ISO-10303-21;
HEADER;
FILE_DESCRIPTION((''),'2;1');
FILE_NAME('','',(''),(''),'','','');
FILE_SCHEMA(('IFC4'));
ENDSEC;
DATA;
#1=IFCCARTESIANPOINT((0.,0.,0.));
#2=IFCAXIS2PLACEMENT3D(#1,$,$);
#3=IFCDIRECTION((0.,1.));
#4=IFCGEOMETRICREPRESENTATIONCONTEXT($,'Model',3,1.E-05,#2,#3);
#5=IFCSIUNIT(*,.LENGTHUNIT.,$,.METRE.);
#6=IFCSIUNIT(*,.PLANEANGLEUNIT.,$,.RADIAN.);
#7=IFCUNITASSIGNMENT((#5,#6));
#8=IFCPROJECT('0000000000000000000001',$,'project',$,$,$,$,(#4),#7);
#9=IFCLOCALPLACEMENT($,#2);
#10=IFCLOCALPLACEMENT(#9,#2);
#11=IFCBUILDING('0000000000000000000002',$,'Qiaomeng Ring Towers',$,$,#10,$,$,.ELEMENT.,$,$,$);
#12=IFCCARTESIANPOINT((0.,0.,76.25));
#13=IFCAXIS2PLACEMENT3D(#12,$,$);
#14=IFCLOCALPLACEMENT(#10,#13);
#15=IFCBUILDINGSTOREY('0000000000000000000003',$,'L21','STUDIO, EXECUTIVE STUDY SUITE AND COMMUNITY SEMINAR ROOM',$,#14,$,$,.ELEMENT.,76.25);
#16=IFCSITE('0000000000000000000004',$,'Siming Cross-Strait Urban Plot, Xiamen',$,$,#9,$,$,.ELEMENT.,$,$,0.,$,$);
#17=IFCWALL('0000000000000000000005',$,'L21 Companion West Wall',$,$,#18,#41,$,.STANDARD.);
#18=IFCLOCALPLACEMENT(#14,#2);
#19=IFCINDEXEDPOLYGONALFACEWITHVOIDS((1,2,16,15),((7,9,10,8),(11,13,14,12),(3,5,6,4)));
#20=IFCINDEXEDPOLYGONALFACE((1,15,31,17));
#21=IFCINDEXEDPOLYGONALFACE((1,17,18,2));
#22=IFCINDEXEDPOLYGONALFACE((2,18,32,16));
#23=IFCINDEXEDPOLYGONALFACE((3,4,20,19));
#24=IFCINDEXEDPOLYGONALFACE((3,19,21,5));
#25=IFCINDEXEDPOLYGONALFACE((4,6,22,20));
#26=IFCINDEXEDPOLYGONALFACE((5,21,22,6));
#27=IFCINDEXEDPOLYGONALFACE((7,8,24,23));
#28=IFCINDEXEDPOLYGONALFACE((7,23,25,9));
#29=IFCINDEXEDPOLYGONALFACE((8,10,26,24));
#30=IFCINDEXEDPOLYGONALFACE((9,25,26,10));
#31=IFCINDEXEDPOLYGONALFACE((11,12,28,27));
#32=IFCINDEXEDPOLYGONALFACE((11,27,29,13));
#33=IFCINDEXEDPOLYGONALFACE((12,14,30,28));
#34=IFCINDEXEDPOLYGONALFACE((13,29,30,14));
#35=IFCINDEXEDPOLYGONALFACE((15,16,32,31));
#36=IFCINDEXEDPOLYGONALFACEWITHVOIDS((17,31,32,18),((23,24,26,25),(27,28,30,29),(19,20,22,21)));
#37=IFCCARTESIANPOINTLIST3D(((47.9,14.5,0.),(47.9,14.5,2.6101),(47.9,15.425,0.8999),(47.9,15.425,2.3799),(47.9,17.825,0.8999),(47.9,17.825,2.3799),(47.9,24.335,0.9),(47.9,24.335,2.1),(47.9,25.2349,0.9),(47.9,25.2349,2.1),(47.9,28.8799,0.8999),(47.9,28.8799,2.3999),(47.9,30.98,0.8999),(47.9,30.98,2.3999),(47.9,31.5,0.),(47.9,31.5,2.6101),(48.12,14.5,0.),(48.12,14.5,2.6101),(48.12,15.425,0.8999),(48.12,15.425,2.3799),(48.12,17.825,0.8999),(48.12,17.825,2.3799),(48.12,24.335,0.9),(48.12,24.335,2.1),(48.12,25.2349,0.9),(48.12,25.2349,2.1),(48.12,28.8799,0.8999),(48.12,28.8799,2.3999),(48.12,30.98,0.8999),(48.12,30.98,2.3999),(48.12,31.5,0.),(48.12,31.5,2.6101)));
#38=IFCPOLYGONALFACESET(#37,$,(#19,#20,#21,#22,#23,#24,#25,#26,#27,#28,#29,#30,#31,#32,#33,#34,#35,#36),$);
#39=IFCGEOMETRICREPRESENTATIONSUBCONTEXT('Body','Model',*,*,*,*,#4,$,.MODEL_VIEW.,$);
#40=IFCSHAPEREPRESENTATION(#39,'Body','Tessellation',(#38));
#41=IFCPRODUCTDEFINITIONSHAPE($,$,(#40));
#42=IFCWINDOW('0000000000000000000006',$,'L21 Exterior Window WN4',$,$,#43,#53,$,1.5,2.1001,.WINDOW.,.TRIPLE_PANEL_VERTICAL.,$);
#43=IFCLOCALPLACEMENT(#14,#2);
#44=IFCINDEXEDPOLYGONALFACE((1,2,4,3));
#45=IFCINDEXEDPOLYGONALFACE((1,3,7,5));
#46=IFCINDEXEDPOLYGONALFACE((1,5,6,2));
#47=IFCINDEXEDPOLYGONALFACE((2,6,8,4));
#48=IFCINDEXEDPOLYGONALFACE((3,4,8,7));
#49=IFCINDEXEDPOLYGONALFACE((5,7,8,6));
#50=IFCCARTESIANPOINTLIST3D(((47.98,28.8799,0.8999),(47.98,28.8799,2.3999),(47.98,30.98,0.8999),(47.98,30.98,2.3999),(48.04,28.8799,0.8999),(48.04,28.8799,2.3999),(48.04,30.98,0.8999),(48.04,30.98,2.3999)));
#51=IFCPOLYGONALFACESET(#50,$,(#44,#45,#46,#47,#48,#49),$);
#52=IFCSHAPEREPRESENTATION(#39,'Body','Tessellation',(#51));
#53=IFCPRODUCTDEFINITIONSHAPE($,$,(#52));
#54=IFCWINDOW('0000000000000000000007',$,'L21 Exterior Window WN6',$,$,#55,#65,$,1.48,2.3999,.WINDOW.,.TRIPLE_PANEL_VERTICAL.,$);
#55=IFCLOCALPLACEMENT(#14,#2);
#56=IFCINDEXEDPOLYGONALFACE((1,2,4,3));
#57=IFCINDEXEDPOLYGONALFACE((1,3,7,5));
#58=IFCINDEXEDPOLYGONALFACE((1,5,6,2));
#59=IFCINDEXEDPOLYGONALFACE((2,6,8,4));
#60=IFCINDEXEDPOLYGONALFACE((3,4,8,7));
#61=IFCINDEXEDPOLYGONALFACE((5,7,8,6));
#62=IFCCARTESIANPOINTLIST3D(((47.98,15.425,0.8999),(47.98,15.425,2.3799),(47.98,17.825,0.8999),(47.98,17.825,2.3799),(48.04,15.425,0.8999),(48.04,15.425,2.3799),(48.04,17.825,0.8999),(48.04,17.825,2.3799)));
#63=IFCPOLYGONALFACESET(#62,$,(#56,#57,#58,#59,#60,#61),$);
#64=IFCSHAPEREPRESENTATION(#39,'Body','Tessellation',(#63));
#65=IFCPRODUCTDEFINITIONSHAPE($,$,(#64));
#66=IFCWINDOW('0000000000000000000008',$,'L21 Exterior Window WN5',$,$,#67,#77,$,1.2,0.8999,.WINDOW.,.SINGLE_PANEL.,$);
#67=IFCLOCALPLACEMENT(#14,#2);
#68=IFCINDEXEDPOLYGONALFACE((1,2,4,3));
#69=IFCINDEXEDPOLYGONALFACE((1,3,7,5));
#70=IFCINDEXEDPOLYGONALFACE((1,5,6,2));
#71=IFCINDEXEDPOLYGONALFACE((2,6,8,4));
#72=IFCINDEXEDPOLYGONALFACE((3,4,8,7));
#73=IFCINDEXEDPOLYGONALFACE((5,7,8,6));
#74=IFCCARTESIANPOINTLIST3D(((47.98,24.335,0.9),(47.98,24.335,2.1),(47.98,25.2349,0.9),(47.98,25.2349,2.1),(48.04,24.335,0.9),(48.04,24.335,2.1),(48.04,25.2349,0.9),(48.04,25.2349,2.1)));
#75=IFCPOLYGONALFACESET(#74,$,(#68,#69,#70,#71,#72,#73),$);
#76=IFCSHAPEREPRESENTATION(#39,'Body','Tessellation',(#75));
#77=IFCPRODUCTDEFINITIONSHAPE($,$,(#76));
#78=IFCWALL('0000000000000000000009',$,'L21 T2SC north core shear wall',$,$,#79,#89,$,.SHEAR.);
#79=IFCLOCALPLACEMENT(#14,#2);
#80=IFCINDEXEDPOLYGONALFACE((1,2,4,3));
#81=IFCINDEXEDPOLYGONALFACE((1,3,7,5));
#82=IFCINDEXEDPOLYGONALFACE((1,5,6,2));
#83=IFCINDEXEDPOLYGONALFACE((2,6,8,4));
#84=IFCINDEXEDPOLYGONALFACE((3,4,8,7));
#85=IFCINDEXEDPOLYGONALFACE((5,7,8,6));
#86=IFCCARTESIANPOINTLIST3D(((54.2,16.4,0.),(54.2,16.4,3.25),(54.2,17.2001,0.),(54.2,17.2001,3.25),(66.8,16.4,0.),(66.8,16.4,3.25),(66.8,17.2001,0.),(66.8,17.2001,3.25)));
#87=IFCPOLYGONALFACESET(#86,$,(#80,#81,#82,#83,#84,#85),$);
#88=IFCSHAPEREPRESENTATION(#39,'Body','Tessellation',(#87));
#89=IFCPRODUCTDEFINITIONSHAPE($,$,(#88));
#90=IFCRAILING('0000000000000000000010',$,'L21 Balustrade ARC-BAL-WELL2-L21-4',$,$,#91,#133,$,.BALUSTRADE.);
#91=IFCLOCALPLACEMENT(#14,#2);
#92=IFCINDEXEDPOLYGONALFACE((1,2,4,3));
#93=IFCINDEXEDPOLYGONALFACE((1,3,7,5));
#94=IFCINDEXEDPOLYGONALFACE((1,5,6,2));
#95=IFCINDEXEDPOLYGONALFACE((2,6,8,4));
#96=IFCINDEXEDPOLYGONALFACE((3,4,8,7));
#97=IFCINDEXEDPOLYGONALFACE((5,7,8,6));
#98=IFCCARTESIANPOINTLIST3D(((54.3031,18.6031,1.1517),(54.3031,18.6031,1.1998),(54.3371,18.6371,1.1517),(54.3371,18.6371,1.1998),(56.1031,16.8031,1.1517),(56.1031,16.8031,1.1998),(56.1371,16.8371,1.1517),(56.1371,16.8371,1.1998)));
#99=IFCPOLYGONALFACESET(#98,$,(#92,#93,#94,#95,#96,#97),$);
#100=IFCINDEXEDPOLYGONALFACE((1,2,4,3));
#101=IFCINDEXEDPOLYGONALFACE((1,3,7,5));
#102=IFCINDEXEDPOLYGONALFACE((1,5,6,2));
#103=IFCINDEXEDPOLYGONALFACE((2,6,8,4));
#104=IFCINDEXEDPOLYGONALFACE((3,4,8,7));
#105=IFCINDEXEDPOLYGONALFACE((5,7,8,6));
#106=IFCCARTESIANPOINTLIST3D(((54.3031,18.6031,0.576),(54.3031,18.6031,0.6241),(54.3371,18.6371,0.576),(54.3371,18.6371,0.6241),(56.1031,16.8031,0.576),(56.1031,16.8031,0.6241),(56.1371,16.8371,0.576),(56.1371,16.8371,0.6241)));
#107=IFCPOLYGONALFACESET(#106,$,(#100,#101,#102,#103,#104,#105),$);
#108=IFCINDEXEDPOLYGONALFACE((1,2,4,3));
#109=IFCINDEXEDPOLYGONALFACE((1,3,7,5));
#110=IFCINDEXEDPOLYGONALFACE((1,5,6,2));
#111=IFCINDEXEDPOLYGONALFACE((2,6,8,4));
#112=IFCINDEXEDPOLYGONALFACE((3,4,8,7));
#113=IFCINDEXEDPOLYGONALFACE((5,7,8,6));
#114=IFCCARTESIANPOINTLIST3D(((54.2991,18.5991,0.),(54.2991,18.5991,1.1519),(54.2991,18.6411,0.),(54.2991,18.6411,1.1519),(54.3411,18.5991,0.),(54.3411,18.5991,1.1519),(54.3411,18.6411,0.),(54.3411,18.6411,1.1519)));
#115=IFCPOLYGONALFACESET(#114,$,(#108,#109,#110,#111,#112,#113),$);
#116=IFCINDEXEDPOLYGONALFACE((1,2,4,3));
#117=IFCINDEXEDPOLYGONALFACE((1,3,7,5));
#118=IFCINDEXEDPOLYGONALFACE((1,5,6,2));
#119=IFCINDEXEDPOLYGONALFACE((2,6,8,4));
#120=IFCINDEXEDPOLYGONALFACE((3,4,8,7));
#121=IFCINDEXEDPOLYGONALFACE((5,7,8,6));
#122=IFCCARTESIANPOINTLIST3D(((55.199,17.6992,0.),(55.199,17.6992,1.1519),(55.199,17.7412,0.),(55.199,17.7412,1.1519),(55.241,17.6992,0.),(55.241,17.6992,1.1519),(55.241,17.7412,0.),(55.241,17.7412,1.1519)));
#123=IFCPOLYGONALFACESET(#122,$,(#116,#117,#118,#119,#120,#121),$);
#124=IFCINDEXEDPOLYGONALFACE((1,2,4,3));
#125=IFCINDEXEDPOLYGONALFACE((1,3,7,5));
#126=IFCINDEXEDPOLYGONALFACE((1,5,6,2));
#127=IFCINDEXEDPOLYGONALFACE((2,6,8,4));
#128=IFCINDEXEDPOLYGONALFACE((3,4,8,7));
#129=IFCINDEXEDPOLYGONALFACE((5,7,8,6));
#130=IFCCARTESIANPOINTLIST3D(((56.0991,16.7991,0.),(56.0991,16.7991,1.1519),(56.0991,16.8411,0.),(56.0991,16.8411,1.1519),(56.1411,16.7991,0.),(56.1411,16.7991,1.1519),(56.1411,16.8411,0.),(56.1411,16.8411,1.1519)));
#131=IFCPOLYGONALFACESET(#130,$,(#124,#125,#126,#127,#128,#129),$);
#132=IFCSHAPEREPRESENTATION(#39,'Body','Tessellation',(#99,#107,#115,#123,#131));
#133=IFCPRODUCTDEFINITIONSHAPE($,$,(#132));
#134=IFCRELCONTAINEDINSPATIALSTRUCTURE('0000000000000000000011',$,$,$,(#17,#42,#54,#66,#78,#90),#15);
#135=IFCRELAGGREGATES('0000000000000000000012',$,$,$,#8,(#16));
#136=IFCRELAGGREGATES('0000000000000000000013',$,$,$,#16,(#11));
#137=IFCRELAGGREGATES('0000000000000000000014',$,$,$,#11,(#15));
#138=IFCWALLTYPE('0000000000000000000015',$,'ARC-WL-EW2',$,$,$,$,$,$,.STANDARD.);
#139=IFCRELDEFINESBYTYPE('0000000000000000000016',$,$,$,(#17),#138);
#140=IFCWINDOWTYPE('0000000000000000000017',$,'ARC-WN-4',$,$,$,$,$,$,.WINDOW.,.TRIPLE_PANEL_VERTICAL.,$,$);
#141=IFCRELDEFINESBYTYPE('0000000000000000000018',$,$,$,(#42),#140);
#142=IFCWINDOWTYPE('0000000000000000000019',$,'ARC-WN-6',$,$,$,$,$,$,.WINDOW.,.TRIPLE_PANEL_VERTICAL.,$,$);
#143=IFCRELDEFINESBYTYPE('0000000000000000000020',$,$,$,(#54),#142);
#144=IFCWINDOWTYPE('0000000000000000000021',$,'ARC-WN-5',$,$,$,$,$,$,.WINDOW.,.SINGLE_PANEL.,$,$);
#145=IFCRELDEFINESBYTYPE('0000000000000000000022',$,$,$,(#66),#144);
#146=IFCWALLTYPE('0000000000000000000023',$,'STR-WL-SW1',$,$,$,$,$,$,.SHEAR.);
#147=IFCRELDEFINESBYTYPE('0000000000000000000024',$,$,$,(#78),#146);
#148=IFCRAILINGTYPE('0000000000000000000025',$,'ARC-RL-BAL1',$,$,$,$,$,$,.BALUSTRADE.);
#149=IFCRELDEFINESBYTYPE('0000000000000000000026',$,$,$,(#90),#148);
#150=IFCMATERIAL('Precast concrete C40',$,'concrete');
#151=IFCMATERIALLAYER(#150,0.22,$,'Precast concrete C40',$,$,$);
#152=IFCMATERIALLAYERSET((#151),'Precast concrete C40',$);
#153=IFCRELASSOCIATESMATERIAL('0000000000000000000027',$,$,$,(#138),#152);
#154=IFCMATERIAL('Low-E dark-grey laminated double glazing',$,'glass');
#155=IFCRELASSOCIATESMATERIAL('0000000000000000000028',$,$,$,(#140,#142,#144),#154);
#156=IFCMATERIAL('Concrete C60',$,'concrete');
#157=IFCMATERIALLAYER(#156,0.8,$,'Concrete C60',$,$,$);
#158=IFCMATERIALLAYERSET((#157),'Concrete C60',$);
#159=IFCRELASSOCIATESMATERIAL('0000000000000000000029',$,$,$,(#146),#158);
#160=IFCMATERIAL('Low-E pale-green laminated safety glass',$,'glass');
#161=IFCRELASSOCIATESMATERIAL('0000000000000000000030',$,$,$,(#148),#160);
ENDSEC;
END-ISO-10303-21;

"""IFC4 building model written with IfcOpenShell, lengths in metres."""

from ifc_helpers import new_model, si_unit, direction, frame, frame_2d, origin, origin_2d, place, context, subcontext, project, spatial, rectangle, extrude, source, transform, mapped, material, layer, layer_set, type_object, element, fill, save


model = new_model("IFC4")

# Units and contexts
model_context = context("Model", 3, precision=1e-05, world=origin(), true_north=direction((0.0, 1.0)))
body_context = subcontext(model_context, "Body", "Model", "MODEL_VIEW")
ifc_project = project(units=[si_unit("LENGTHUNIT", "METRE"), si_unit("PLANEANGLEUNIT", "RADIAN")], contexts=[model_context])

# Site, building, storey
site_placement = place(None, origin())
site = spatial("IfcSite", under=ifc_project, at=site_placement, Name="Siming Cross-Strait Urban Plot, Xiamen", CompositionType="ELEMENT", RefElevation=0.0)
building_placement = place(site_placement, origin())
building = spatial("IfcBuilding", under=site, at=building_placement, Name="Qiaomeng Ring Towers", CompositionType="ELEMENT")
storey_placement = place(building_placement, frame((0.0, 0.0, 76.25)))
storey = spatial("IfcBuildingStorey", under=building, at=storey_placement, Name="L21", Description="STUDIO, EXECUTIVE STUDY SUITE AND COMMUNITY SEMINAR ROOM", CompositionType="ELEMENT", Elevation=76.25)

# Wall, openings, windows
ifc_material_1 = material(Name="Precast concrete C40", Category="concrete")
ifc_layer_1 = layer(ifc_material_1, 0.22, Name="Precast concrete C40")
ifc_layer_set_1 = layer_set([ifc_layer_1], Name="Precast concrete C40")
wall_type_1 = type_object("IfcWallType", Name="ARC-WL-EW2", PredefinedType="STANDARD", material=ifc_layer_set_1)
wall_1_placement = place(storey_placement, frame((48.01, 14.5, 0.0), z_axis=(0.0, 0.0, 1.0), x_axis=(0.0, 1.0, 0.0)))
wall_1 = element("IfcWall", 1, at=wall_1_placement, inside=storey, type_object=wall_type_1, Name="L21 Companion West Wall", PredefinedType="STANDARD", context=body_context, shape_type="SweptSolid", body=[
    extrude(rectangle(XDim=17.0, YDim=0.22, at=frame_2d((8.5, 0.0))), origin(), (0.0, 0.0, 1.0), 2.6101),
])
opening_1_placement = place(wall_1_placement, frame((0.925, 0.0, 0.8999)))
opening_1 = element("IfcOpeningElement", 2, at=opening_1_placement, cuts=wall_1, PredefinedType="OPENING", context=body_context, shape_type="SweptSolid", body=[
    extrude(rectangle(XDim=2.3999, YDim=1.48, at=frame_2d((1.2, 0.74))), frame((0.0, 0.1199, 0.0), z_axis=(0.0, -1.0, 0.0), x_axis=(1.0, 0.0, 0.0)), (0.0, 0.0, 1.0), 0.24),
])
opening_2_placement = place(wall_1_placement, frame((14.3799, 0.0, 0.8999)))
opening_2 = element("IfcOpeningElement", 3, at=opening_2_placement, cuts=wall_1, PredefinedType="OPENING", context=body_context, shape_type="SweptSolid", body=[
    extrude(rectangle(XDim=2.1001, YDim=1.5, at=frame_2d((1.05, 0.75))), frame((0.0, 0.1199, 0.0), z_axis=(0.0, -1.0, 0.0), x_axis=(1.0, 0.0, 0.0)), (0.0, 0.0, 1.0), 0.24),
])
opening_3_placement = place(wall_1_placement, frame((9.835, 0.0, 0.8999)))
opening_3 = element("IfcOpeningElement", 4, at=opening_3_placement, cuts=wall_1, PredefinedType="OPENING", context=body_context, shape_type="SweptSolid", body=[
    extrude(rectangle(XDim=0.8999, YDim=1.2, at=frame_2d((0.45, 0.6001))), frame((0.0, 0.1199, 0.0), z_axis=(0.0, -1.0, 0.0), x_axis=(1.0, 0.0, 0.0)), (0.0, 0.0, 1.0), 0.24),
])
ifc_material_2 = material(Name="Low-E dark-grey laminated double glazing", Category="glass")
window_type_1 = type_object("IfcWindowType", Name="ARC-WN-4", PartitioningType="TRIPLE_PANEL_VERTICAL", PredefinedType="WINDOW", material=ifc_material_2)
shared_shape_1 = source(origin(), body_context, "Body", "SweptSolid", [
    extrude(rectangle(XDim=2.1001, YDim=1.5, at=frame_2d((1.05, 0.75))), frame((0.0, 0.03, 0.0), z_axis=(0.0, -1.0, 0.0), x_axis=(1.0, 0.0, 0.0)), (0.0, 0.0, 1.0), 0.0601),
])
window_1_placement = place(opening_2_placement, origin())
window_1 = element("IfcWindow", 5, at=window_1_placement, inside=storey, type_object=window_type_1, Name="L21 Exterior Window WN4", OverallHeight=1.5, OverallWidth=2.1001, PartitioningType="TRIPLE_PANEL_VERTICAL", PredefinedType="WINDOW", context=body_context, shape_type="MappedRepresentation", body=[
    mapped(shared_shape_1, transform((0.0, 0.0, 0.0), x_axis=(1.0, 0.0, 0.0), y_axis=(0.0, 1.0, 0.0), z_axis=(0.0, 0.0, 1.0), scale=1.0)),
])
fill(opening_2, window_1)
window_type_2 = type_object("IfcWindowType", Name="ARC-WN-6", PartitioningType="TRIPLE_PANEL_VERTICAL", PredefinedType="WINDOW", material=ifc_material_2)
shared_shape_2 = source(origin(), body_context, "Body", "SweptSolid", [
    extrude(rectangle(XDim=2.3999, YDim=1.48, at=frame_2d((1.2, 0.74))), frame((0.0, 0.03, 0.0), z_axis=(0.0, -1.0, 0.0), x_axis=(1.0, 0.0, 0.0)), (0.0, 0.0, 1.0), 0.0601),
])
window_2_placement = place(opening_1_placement, origin())
window_2 = element("IfcWindow", 6, at=window_2_placement, inside=storey, type_object=window_type_2, Name="L21 Exterior Window WN6", OverallHeight=1.48, OverallWidth=2.3999, PartitioningType="TRIPLE_PANEL_VERTICAL", PredefinedType="WINDOW", context=body_context, shape_type="MappedRepresentation", body=[
    mapped(shared_shape_2, transform((0.0, 0.0, 0.0), x_axis=(1.0, 0.0, 0.0), y_axis=(0.0, 1.0, 0.0), z_axis=(0.0, 0.0, 1.0), scale=1.0)),
])
fill(opening_1, window_2)
window_type_3 = type_object("IfcWindowType", Name="ARC-WN-5", PartitioningType="SINGLE_PANEL", PredefinedType="WINDOW", material=ifc_material_2)
shared_shape_3 = source(origin(), body_context, "Body", "SweptSolid", [
    extrude(rectangle(XDim=0.8999, YDim=1.2, at=frame_2d((0.45, 0.6001))), frame((0.0, 0.03, 0.0), z_axis=(0.0, -1.0, 0.0), x_axis=(1.0, 0.0, 0.0)), (0.0, 0.0, 1.0), 0.0601),
])
window_3_placement = place(opening_3_placement, origin())
window_3 = element("IfcWindow", 7, at=window_3_placement, inside=storey, type_object=window_type_3, Name="L21 Exterior Window WN5", OverallHeight=1.2, OverallWidth=0.8999, PartitioningType="SINGLE_PANEL", PredefinedType="WINDOW", context=body_context, shape_type="MappedRepresentation", body=[
    mapped(shared_shape_3, transform((0.0, 0.0, 0.0), x_axis=(1.0, 0.0, 0.0), y_axis=(0.0, 1.0, 0.0), z_axis=(0.0, 0.0, 1.0), scale=1.0)),
])
fill(opening_3, window_3)

# Wall
ifc_material_3 = material(Name="Concrete C60", Category="concrete")
ifc_layer_2 = layer(ifc_material_3, 0.8, Name="Concrete C60")
ifc_layer_set_2 = layer_set([ifc_layer_2], Name="Concrete C60")
wall_type_2 = type_object("IfcWallType", Name="STR-WL-SW1", PredefinedType="SHEAR", material=ifc_layer_set_2)
wall_2_placement = place(storey_placement, frame((54.2, 16.8, 0.0), z_axis=(0.0, 0.0, 1.0), x_axis=(1.0, 0.0, 0.0)))
element("IfcWall", 8, at=wall_2_placement, inside=storey, type_object=wall_type_2, Name="L21 T2SC north core shear wall", PredefinedType="SHEAR", context=body_context, shape_type="SweptSolid", body=[
    extrude(rectangle(XDim=12.6001, YDim=0.8, at=frame_2d((6.3, 0.0))), origin(), (0.0, 0.0, 1.0), 3.25),
])

# Railing
ifc_material_4 = material(Name="Low-E pale-green laminated safety glass", Category="glass")
railing_type = type_object("IfcRailingType", Name="ARC-RL-BAL1", PredefinedType="BALUSTRADE", material=ifc_material_4)
railing_placement = place(storey_placement, frame((54.3201, 18.6201, 0.0)))
element("IfcRailing", 9, at=railing_placement, inside=storey, type_object=railing_type, Name="L21 Balustrade ARC-BAL-WELL2-L21-4", PredefinedType="BALUSTRADE", context=body_context, shape_type="SweptSolid", body=[
    extrude(rectangle(XDim=0.0481, YDim=0.0481, at=origin_2d()), frame((0.0, 0.0, 1.1758), z_axis=(0.707107, -0.707107, 0.0), x_axis=(0.707107, 0.707107, 0.0)), (0.0, 0.0, 1.0), 2.5457),
    extrude(rectangle(XDim=0.0481, YDim=0.0481, at=origin_2d()), frame((0.0, 0.0, 0.6001), z_axis=(0.707107, -0.707107, 0.0), x_axis=(0.707107, 0.707107, 0.0)), (0.0, 0.0, 1.0), 2.5457),
    extrude(rectangle(XDim=0.042, YDim=0.042, at=origin_2d()), origin(), (0.0, 0.0, 1.0), 1.1519),
    extrude(rectangle(XDim=0.042, YDim=0.042, at=origin_2d()), frame((0.8999, -0.8999, 0.0)), (0.0, 0.0, 1.0), 1.1519),
    extrude(rectangle(XDim=0.042, YDim=0.042, at=origin_2d()), frame((1.8, -1.8, 0.0)), (0.0, 0.0, 1.0), 1.1519),
])

save(model, "model.ifc")
